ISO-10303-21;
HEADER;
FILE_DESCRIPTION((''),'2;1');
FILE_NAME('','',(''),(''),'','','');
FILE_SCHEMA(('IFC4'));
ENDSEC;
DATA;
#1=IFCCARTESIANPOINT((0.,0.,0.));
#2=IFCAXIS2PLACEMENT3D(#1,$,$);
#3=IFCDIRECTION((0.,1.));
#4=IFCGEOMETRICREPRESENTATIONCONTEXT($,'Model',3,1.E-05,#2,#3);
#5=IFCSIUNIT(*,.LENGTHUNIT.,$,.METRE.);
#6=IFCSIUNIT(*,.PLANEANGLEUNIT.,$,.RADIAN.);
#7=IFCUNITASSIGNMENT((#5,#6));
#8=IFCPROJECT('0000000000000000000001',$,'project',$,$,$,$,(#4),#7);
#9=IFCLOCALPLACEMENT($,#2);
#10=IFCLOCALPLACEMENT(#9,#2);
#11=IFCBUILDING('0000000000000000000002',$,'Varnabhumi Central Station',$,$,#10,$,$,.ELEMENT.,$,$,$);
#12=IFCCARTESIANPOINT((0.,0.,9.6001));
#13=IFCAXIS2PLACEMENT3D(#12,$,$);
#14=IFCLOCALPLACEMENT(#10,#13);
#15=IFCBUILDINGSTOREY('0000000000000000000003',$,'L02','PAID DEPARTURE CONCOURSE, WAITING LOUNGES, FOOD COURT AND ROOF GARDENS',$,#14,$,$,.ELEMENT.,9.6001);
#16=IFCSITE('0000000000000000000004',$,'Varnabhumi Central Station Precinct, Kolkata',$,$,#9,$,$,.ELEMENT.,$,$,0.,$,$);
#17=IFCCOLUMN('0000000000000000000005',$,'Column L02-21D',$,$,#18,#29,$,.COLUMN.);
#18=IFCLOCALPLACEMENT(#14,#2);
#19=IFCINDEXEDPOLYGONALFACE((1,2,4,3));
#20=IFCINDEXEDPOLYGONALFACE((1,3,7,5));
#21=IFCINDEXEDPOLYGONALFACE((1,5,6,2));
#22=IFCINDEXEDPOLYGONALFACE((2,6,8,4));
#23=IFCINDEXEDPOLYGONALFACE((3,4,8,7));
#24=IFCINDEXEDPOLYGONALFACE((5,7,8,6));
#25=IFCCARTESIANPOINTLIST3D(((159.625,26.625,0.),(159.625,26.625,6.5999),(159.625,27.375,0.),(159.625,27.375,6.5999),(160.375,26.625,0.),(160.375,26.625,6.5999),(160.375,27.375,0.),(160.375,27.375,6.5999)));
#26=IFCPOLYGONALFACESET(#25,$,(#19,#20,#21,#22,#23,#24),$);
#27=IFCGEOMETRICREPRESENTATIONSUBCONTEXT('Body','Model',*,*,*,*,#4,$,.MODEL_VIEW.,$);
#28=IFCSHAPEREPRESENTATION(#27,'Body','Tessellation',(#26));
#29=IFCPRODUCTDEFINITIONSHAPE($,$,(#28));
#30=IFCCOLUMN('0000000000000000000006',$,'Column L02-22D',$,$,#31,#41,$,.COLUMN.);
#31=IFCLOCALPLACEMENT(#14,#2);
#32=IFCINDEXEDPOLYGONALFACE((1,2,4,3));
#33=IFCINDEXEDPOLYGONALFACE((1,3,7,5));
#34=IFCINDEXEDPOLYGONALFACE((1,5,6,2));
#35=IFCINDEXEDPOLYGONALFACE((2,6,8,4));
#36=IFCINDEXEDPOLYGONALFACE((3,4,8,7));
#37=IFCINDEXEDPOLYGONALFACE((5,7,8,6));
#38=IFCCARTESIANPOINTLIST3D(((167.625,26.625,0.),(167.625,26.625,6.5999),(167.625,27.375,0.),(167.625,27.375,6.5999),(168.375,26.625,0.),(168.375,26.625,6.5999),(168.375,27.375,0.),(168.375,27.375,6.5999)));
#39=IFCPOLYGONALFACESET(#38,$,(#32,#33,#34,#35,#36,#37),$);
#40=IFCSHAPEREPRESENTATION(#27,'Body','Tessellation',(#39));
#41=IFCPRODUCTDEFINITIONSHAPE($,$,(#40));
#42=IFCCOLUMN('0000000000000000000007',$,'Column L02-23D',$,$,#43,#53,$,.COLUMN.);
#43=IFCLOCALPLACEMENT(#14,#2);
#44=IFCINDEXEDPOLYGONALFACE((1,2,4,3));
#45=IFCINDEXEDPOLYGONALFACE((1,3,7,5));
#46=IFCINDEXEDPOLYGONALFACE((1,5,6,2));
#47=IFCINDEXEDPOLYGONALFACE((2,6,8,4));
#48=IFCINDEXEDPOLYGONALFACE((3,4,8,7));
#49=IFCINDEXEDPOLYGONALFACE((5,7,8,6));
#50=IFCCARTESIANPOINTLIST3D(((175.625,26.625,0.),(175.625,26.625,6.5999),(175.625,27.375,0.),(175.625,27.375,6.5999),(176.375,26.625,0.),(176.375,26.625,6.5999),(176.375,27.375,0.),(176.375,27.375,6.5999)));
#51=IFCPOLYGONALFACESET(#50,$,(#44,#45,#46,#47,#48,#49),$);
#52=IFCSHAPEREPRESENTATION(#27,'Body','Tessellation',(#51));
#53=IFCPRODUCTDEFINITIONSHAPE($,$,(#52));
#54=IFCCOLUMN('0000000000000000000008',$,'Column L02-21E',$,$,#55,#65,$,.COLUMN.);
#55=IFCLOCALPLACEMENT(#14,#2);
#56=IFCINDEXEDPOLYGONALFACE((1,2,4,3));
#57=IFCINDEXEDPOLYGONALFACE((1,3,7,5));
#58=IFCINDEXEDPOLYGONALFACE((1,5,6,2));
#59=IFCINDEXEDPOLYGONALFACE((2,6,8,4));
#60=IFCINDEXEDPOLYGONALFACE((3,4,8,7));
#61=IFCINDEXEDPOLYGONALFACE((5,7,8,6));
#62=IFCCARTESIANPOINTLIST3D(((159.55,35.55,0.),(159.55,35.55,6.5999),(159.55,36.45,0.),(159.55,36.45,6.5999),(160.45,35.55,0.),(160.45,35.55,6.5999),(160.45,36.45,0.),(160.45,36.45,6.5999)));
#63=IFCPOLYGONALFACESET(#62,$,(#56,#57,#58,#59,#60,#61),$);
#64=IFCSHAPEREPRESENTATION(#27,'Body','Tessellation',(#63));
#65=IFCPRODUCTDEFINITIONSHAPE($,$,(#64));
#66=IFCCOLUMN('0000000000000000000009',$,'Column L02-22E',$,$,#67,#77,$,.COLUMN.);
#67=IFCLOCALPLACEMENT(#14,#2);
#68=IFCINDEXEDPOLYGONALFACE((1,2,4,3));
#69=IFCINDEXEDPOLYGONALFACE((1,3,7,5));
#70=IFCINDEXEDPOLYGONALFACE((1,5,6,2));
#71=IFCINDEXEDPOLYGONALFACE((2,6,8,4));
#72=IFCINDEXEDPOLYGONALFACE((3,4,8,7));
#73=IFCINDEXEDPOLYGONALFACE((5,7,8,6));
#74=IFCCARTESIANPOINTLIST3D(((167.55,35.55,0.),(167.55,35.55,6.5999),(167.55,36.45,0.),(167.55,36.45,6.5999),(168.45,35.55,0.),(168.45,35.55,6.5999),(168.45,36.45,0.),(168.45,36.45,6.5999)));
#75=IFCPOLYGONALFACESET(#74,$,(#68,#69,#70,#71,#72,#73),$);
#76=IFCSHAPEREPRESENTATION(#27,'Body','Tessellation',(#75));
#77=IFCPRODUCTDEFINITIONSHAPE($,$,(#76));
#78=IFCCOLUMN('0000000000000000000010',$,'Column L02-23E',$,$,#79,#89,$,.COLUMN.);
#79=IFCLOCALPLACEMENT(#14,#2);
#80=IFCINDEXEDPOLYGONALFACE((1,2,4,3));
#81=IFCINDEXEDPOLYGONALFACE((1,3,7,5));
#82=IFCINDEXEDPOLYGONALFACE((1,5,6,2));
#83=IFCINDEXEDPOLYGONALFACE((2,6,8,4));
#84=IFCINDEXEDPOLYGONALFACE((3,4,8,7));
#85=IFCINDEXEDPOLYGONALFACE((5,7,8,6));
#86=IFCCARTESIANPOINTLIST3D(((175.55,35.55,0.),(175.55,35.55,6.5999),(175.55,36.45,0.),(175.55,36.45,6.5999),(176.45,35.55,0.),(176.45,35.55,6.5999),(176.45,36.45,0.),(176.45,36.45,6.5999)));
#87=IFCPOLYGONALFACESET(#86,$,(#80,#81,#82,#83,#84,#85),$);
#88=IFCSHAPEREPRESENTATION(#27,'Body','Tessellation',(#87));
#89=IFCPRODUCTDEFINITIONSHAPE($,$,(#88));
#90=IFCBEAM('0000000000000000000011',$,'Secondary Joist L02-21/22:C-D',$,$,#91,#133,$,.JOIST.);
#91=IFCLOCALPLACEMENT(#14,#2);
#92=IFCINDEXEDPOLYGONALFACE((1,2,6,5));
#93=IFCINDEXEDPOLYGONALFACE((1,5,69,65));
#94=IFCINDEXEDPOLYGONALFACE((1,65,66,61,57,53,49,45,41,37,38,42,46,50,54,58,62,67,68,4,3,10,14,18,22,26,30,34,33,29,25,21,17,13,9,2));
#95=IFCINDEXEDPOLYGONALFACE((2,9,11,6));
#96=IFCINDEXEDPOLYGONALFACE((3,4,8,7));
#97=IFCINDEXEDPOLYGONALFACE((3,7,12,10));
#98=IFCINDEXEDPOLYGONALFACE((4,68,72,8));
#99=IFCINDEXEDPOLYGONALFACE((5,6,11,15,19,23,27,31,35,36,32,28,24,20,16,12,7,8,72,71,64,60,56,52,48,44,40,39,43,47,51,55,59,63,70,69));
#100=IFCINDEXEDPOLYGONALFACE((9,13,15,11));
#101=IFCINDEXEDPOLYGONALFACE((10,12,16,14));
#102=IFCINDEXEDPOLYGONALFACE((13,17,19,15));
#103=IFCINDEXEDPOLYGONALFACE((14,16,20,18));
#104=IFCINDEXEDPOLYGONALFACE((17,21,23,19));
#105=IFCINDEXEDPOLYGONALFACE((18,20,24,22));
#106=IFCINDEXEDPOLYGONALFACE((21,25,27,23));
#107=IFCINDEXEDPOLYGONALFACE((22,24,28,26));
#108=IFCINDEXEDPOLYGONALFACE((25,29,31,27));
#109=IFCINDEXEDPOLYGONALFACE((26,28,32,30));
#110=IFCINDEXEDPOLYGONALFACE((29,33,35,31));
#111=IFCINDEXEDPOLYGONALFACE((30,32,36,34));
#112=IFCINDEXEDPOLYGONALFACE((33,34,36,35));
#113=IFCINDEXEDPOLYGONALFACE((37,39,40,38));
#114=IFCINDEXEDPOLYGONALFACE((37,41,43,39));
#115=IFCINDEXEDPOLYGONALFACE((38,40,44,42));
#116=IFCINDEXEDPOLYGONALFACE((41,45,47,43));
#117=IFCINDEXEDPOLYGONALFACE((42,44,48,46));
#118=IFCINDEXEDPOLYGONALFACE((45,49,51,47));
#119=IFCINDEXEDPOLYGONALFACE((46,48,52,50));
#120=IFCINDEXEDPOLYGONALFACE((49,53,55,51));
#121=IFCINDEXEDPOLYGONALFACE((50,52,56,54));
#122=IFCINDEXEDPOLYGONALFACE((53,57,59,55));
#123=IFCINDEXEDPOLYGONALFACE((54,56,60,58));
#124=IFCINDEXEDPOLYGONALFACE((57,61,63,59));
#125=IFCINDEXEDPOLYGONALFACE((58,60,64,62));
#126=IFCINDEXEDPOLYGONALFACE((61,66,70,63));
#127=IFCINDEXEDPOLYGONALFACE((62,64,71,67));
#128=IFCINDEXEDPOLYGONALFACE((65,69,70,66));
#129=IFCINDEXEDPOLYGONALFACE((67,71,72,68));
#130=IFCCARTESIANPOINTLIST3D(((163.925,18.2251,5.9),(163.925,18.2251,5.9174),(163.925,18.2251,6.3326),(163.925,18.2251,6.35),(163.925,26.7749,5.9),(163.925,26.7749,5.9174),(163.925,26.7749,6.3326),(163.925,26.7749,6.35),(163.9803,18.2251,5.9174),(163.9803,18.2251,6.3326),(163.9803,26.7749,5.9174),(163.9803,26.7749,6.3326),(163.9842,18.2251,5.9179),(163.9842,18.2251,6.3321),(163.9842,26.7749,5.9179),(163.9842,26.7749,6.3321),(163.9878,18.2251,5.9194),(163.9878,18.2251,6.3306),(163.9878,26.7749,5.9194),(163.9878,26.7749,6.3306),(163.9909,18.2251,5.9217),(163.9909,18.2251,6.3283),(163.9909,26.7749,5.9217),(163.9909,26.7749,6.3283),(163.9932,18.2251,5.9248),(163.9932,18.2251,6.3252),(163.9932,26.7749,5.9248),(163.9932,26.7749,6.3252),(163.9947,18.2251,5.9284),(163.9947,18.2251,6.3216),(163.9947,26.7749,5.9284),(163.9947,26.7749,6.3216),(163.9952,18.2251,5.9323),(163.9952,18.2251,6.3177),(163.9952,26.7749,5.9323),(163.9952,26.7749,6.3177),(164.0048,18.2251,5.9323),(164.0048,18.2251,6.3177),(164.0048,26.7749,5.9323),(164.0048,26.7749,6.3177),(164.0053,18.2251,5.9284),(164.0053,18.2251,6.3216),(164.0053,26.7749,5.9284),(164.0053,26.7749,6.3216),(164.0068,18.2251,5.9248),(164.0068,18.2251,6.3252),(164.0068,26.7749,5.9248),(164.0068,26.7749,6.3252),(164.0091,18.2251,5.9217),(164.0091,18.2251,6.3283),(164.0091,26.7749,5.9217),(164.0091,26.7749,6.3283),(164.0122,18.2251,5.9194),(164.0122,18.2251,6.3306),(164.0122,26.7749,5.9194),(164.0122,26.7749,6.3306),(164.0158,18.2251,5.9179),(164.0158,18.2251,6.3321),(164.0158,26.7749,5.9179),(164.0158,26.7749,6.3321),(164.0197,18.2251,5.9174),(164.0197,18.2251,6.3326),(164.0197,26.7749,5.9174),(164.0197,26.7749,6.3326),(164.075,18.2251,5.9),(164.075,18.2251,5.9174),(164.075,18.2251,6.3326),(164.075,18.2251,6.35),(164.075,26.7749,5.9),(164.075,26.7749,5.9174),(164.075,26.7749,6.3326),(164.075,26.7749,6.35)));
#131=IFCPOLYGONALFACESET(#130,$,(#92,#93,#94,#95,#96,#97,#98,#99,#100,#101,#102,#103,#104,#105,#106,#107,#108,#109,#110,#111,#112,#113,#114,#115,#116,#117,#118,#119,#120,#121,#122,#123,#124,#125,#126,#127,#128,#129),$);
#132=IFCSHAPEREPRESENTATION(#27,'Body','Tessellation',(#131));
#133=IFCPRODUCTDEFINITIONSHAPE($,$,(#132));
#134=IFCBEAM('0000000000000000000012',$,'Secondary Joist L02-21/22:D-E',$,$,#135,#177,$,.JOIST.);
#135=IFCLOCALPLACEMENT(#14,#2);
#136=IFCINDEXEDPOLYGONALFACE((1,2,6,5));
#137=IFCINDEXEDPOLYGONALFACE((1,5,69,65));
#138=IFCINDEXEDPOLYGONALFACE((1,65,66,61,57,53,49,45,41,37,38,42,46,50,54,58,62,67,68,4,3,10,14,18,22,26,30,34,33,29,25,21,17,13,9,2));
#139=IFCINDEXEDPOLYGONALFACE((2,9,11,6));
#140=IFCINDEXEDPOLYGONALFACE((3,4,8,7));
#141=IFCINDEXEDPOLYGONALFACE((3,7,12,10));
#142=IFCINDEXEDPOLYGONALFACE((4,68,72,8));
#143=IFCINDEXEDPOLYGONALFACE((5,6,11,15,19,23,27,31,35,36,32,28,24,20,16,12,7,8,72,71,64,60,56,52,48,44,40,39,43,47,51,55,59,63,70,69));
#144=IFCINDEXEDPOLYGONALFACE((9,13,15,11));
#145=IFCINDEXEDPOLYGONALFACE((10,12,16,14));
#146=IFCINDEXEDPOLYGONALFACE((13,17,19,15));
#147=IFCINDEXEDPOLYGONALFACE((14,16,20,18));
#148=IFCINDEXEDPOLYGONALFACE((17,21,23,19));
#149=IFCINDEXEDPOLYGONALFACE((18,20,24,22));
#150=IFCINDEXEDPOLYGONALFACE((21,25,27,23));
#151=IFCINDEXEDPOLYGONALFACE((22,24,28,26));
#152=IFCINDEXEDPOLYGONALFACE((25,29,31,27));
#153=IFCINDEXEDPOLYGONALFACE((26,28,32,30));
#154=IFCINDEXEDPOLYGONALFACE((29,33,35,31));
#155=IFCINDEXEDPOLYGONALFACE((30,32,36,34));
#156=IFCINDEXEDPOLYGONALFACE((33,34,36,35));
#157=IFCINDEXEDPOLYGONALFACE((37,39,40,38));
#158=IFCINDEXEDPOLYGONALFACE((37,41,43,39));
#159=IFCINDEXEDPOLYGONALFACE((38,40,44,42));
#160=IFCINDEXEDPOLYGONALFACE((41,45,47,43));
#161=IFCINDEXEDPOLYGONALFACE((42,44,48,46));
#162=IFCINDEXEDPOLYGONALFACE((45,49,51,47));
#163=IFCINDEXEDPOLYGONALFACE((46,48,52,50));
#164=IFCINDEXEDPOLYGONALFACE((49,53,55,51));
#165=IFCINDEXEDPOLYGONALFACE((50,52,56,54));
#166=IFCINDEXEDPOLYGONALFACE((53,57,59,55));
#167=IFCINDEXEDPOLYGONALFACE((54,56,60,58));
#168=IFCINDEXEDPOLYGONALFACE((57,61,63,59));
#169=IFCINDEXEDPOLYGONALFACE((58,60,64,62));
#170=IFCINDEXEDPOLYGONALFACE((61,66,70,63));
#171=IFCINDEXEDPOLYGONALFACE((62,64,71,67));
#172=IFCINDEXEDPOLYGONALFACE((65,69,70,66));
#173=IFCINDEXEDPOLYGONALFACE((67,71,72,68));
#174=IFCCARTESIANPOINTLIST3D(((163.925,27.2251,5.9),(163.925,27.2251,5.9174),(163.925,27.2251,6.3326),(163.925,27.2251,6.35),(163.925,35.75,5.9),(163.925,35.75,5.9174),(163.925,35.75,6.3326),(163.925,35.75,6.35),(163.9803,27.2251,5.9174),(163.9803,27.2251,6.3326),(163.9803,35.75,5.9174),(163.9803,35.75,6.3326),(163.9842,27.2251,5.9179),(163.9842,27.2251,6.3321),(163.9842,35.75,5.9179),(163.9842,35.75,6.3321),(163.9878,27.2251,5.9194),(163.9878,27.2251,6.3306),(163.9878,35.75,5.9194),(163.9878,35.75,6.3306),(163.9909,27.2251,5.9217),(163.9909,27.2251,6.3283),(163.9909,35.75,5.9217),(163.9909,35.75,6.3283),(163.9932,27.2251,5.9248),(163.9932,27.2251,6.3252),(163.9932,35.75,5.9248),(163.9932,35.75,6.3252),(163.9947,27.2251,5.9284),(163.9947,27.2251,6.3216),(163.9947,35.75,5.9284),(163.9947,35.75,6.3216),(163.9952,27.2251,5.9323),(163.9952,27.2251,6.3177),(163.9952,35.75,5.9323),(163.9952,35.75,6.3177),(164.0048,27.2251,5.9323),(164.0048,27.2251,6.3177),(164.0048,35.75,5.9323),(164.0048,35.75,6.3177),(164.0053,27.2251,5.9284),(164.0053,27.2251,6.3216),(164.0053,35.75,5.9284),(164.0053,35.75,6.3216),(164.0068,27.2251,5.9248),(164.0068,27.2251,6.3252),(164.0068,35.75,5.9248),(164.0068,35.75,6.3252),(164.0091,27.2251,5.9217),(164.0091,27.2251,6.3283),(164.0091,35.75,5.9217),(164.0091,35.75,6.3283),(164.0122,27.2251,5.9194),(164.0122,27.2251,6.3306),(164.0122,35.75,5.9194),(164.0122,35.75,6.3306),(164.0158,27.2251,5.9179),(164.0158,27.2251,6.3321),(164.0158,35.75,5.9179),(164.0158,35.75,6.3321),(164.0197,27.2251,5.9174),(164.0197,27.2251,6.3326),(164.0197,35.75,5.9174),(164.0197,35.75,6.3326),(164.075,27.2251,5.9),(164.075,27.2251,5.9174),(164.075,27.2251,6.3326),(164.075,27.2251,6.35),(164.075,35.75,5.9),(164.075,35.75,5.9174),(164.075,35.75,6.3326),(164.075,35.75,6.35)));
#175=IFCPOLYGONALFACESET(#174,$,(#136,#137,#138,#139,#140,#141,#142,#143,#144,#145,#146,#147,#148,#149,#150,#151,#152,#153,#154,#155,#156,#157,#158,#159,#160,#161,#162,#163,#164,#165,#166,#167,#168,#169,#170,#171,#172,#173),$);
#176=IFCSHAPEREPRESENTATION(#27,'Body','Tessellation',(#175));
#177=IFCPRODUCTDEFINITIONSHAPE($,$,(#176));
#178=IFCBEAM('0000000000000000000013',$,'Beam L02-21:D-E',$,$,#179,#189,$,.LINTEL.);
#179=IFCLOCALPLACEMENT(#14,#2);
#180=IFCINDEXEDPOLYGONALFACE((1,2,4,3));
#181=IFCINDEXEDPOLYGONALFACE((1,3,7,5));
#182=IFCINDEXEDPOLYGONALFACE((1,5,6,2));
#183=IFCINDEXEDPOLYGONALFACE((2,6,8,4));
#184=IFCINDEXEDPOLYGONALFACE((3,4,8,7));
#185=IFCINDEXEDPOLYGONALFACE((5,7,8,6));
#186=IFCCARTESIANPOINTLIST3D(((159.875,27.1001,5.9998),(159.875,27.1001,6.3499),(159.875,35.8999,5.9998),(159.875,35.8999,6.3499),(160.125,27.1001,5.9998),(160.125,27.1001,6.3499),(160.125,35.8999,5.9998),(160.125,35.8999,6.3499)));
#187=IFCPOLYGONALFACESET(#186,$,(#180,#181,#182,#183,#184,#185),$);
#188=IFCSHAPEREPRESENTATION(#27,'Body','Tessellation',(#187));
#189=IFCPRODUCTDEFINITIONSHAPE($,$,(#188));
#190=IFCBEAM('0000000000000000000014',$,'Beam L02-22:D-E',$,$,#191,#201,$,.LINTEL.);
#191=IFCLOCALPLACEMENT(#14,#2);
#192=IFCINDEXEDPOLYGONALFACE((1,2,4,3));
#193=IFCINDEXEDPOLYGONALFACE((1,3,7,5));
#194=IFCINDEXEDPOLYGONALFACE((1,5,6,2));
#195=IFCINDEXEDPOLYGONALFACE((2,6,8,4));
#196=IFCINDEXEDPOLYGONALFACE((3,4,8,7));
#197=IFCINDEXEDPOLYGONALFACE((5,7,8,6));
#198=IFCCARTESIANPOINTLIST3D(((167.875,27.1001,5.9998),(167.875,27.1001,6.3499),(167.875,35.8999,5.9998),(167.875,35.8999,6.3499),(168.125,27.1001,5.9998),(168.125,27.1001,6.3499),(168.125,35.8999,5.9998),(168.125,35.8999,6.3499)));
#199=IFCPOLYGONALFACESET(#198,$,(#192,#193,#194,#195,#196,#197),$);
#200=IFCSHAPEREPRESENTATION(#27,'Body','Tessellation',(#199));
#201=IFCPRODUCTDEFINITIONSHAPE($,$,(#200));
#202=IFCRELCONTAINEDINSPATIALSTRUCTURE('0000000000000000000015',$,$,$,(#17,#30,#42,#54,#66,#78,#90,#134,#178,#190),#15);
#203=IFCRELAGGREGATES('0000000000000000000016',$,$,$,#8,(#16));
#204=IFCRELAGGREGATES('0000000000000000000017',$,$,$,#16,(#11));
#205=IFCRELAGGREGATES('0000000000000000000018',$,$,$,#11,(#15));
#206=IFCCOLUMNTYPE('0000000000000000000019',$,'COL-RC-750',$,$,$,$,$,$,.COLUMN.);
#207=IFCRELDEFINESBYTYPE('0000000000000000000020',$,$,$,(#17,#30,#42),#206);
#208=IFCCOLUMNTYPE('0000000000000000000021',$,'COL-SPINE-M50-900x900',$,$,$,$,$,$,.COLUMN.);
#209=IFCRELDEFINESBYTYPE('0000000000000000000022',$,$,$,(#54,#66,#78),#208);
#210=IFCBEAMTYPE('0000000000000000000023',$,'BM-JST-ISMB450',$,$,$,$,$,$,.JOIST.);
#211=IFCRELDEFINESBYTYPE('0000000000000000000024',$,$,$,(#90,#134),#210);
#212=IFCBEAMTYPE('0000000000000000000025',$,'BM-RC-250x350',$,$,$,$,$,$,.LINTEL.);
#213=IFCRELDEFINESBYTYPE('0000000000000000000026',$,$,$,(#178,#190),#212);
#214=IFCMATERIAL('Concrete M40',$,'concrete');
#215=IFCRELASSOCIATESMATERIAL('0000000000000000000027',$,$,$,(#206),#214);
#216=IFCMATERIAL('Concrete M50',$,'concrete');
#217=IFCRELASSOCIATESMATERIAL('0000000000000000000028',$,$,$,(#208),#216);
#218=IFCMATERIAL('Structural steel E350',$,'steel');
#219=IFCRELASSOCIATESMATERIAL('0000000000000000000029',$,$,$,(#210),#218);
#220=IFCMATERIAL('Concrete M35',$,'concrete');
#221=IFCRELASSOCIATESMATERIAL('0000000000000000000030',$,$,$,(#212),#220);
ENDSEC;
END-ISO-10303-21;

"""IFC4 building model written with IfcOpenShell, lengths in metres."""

from ifc_helpers import new_model, si_unit, direction, frame, origin, origin_2d, place, context, subcontext, project, spatial, rectangle, i_section, extrude, material, material_profile, profile_set, type_object, element, save


model = new_model("IFC4")

# Units and contexts
model_context = context("Model", 3, precision=1e-05, world=origin(), true_north=direction((0.0, 1.0)))
body_context = subcontext(model_context, "Body", "Model", "MODEL_VIEW")
ifc_project = project(units=[si_unit("LENGTHUNIT", "METRE"), si_unit("PLANEANGLEUNIT", "RADIAN")], contexts=[model_context])

# Site, building, storey
site_placement = place(None, origin())
site = spatial("IfcSite", under=ifc_project, at=site_placement, Name="Varnabhumi Central Station Precinct, Kolkata", CompositionType="ELEMENT", RefElevation=0.0)
building_placement = place(site_placement, origin())
building = spatial("IfcBuilding", under=site, at=building_placement, Name="Varnabhumi Central Station", CompositionType="ELEMENT")
storey_placement = place(building_placement, frame((0.0, 0.0, 9.6001)))
storey = spatial("IfcBuildingStorey", under=building, at=storey_placement, Name="L02", Description="PAID DEPARTURE CONCOURSE, WAITING LOUNGES, FOOD COURT AND ROOF GARDENS", CompositionType="ELEMENT", Elevation=9.6001)

# Columns
ifc_material_1 = material(Name="Concrete M40", Category="concrete")
ifc_material_profile_1 = material_profile(ifc_material_1, rectangle(XDim=0.75, YDim=0.75, at=origin_2d()), Name="Concrete M40", Category="concrete")
ifc_profile_set_1 = profile_set([ifc_material_profile_1], Name="Concrete M40")
column_type_1 = type_object("IfcColumnType", Name="COL-RC-750", PredefinedType="COLUMN", material=ifc_profile_set_1)
for number, where, z_axis, x_axis, name in (
    (1, (160.0, 27.0, 0.0), (0.0, 0.0, 1.0), (1.0, 0.0, 0.0), "Column L02-21D"),
    (2, (168.0, 27.0, 0.0), (0.0, 0.0, 1.0), (1.0, 0.0, 0.0), "Column L02-22D"),
    (3, (176.0, 27.0, 0.0), (0.0, 0.0, 1.0), (1.0, 0.0, 0.0), "Column L02-23D"),
):
    element("IfcColumn", number, at=place(storey_placement, frame(where, z_axis=z_axis, x_axis=x_axis)), inside=storey, type_object=column_type_1, Name=name, PredefinedType="COLUMN", context=body_context, shape_type="SweptSolid", body=[
        extrude(rectangle(XDim=0.75, YDim=0.75, at=origin_2d()), origin(), (0.0, 0.0, 1.0), 6.5999),
    ])
ifc_material_2 = material(Name="Concrete M50", Category="concrete")
ifc_material_profile_2 = material_profile(ifc_material_2, rectangle(XDim=0.8999, YDim=0.8999, at=origin_2d()), Name="Concrete M50", Category="concrete")
ifc_profile_set_2 = profile_set([ifc_material_profile_2], Name="Concrete M50")
column_type_2 = type_object("IfcColumnType", Name="COL-SPINE-M50-900x900", PredefinedType="COLUMN", material=ifc_profile_set_2)
for number, where, z_axis, x_axis, name in (
    (4, (160.0, 36.0, 0.0), (0.0, 0.0, 1.0), (1.0, 0.0, 0.0), "Column L02-21E"),
    (5, (168.0, 36.0, 0.0), (0.0, 0.0, 1.0), (1.0, 0.0, 0.0), "Column L02-22E"),
    (6, (176.0, 36.0, 0.0), (0.0, 0.0, 1.0), (1.0, 0.0, 0.0), "Column L02-23E"),
):
    element("IfcColumn", number, at=place(storey_placement, frame(where, z_axis=z_axis, x_axis=x_axis)), inside=storey, type_object=column_type_2, Name=name, PredefinedType="COLUMN", context=body_context, shape_type="SweptSolid", body=[
        extrude(rectangle(XDim=0.8999, YDim=0.8999, at=origin_2d()), origin(), (0.0, 0.0, 1.0), 6.5999),
    ])

# Beams
ifc_material_3 = material(Name="Structural steel E350", Category="steel")
ifc_material_profile_3 = material_profile(ifc_material_3, i_section(OverallWidth=0.1499, OverallDepth=0.45, WebThickness=0.0095, FlangeThickness=0.0173, FilletRadius=0.0149, at=origin_2d()), Name="Structural steel E350", Category="steel")
ifc_profile_set_3 = profile_set([ifc_material_profile_3], Name="Structural steel E350")
beam_type_1 = type_object("IfcBeamType", Name="BM-JST-ISMB450", PredefinedType="JOIST", material=ifc_profile_set_3)
beam_1_placement = place(storey_placement, frame((164.0, 18.2251, 6.125), z_axis=(0.0, 1.0, 0.0), x_axis=(-1.0, 0.0, 0.0)))
element("IfcBeam", 7, at=beam_1_placement, inside=storey, type_object=beam_type_1, Name="Secondary Joist L02-21/22:C-D", PredefinedType="JOIST", context=body_context, shape_type="SweptSolid", body=[
    extrude(i_section(OverallWidth=0.1499, OverallDepth=0.45, WebThickness=0.0095, FlangeThickness=0.0173, FilletRadius=0.0149, at=origin_2d()), origin(), (0.0, 0.0, 1.0), 8.5498),
])
beam_2_placement = place(storey_placement, frame((164.0, 27.2251, 6.125), z_axis=(0.0, 1.0, 0.0), x_axis=(-1.0, 0.0, 0.0)))
element("IfcBeam", 8, at=beam_2_placement, inside=storey, type_object=beam_type_1, Name="Secondary Joist L02-21/22:D-E", PredefinedType="JOIST", context=body_context, shape_type="SweptSolid", body=[
    extrude(i_section(OverallWidth=0.1499, OverallDepth=0.45, WebThickness=0.0095, FlangeThickness=0.0173, FilletRadius=0.0149, at=origin_2d()), origin(), (0.0, 0.0, 1.0), 8.5249),
])
ifc_material_4 = material(Name="Concrete M35", Category="concrete")
ifc_material_profile_4 = material_profile(ifc_material_4, rectangle(XDim=0.25, YDim=0.3501, at=origin_2d()), Name="Concrete M35", Category="concrete")
ifc_profile_set_4 = profile_set([ifc_material_profile_4], Name="Concrete M35")
beam_type_2 = type_object("IfcBeamType", Name="BM-RC-250x350", PredefinedType="LINTEL", material=ifc_profile_set_4)
for number, where, z_axis, x_axis, name in (
    (9, (160.0, 27.1001, 6.1748), (0.0, 1.0, 0.0), (-1.0, 0.0, 0.0), "Beam L02-21:D-E"),
    (10, (168.0, 27.1001, 6.1748), (0.0, 1.0, 0.0), (-1.0, 0.0, 0.0), "Beam L02-22:D-E"),
):
    element("IfcBeam", number, at=place(storey_placement, frame(where, z_axis=z_axis, x_axis=x_axis)), inside=storey, type_object=beam_type_2, Name=name, PredefinedType="LINTEL", context=body_context, shape_type="SweptSolid", body=[
        extrude(rectangle(XDim=0.25, YDim=0.3501, at=origin_2d()), origin(), (0.0, 0.0, 1.0), 8.7998),
    ])

save(model, "model.ifc")
